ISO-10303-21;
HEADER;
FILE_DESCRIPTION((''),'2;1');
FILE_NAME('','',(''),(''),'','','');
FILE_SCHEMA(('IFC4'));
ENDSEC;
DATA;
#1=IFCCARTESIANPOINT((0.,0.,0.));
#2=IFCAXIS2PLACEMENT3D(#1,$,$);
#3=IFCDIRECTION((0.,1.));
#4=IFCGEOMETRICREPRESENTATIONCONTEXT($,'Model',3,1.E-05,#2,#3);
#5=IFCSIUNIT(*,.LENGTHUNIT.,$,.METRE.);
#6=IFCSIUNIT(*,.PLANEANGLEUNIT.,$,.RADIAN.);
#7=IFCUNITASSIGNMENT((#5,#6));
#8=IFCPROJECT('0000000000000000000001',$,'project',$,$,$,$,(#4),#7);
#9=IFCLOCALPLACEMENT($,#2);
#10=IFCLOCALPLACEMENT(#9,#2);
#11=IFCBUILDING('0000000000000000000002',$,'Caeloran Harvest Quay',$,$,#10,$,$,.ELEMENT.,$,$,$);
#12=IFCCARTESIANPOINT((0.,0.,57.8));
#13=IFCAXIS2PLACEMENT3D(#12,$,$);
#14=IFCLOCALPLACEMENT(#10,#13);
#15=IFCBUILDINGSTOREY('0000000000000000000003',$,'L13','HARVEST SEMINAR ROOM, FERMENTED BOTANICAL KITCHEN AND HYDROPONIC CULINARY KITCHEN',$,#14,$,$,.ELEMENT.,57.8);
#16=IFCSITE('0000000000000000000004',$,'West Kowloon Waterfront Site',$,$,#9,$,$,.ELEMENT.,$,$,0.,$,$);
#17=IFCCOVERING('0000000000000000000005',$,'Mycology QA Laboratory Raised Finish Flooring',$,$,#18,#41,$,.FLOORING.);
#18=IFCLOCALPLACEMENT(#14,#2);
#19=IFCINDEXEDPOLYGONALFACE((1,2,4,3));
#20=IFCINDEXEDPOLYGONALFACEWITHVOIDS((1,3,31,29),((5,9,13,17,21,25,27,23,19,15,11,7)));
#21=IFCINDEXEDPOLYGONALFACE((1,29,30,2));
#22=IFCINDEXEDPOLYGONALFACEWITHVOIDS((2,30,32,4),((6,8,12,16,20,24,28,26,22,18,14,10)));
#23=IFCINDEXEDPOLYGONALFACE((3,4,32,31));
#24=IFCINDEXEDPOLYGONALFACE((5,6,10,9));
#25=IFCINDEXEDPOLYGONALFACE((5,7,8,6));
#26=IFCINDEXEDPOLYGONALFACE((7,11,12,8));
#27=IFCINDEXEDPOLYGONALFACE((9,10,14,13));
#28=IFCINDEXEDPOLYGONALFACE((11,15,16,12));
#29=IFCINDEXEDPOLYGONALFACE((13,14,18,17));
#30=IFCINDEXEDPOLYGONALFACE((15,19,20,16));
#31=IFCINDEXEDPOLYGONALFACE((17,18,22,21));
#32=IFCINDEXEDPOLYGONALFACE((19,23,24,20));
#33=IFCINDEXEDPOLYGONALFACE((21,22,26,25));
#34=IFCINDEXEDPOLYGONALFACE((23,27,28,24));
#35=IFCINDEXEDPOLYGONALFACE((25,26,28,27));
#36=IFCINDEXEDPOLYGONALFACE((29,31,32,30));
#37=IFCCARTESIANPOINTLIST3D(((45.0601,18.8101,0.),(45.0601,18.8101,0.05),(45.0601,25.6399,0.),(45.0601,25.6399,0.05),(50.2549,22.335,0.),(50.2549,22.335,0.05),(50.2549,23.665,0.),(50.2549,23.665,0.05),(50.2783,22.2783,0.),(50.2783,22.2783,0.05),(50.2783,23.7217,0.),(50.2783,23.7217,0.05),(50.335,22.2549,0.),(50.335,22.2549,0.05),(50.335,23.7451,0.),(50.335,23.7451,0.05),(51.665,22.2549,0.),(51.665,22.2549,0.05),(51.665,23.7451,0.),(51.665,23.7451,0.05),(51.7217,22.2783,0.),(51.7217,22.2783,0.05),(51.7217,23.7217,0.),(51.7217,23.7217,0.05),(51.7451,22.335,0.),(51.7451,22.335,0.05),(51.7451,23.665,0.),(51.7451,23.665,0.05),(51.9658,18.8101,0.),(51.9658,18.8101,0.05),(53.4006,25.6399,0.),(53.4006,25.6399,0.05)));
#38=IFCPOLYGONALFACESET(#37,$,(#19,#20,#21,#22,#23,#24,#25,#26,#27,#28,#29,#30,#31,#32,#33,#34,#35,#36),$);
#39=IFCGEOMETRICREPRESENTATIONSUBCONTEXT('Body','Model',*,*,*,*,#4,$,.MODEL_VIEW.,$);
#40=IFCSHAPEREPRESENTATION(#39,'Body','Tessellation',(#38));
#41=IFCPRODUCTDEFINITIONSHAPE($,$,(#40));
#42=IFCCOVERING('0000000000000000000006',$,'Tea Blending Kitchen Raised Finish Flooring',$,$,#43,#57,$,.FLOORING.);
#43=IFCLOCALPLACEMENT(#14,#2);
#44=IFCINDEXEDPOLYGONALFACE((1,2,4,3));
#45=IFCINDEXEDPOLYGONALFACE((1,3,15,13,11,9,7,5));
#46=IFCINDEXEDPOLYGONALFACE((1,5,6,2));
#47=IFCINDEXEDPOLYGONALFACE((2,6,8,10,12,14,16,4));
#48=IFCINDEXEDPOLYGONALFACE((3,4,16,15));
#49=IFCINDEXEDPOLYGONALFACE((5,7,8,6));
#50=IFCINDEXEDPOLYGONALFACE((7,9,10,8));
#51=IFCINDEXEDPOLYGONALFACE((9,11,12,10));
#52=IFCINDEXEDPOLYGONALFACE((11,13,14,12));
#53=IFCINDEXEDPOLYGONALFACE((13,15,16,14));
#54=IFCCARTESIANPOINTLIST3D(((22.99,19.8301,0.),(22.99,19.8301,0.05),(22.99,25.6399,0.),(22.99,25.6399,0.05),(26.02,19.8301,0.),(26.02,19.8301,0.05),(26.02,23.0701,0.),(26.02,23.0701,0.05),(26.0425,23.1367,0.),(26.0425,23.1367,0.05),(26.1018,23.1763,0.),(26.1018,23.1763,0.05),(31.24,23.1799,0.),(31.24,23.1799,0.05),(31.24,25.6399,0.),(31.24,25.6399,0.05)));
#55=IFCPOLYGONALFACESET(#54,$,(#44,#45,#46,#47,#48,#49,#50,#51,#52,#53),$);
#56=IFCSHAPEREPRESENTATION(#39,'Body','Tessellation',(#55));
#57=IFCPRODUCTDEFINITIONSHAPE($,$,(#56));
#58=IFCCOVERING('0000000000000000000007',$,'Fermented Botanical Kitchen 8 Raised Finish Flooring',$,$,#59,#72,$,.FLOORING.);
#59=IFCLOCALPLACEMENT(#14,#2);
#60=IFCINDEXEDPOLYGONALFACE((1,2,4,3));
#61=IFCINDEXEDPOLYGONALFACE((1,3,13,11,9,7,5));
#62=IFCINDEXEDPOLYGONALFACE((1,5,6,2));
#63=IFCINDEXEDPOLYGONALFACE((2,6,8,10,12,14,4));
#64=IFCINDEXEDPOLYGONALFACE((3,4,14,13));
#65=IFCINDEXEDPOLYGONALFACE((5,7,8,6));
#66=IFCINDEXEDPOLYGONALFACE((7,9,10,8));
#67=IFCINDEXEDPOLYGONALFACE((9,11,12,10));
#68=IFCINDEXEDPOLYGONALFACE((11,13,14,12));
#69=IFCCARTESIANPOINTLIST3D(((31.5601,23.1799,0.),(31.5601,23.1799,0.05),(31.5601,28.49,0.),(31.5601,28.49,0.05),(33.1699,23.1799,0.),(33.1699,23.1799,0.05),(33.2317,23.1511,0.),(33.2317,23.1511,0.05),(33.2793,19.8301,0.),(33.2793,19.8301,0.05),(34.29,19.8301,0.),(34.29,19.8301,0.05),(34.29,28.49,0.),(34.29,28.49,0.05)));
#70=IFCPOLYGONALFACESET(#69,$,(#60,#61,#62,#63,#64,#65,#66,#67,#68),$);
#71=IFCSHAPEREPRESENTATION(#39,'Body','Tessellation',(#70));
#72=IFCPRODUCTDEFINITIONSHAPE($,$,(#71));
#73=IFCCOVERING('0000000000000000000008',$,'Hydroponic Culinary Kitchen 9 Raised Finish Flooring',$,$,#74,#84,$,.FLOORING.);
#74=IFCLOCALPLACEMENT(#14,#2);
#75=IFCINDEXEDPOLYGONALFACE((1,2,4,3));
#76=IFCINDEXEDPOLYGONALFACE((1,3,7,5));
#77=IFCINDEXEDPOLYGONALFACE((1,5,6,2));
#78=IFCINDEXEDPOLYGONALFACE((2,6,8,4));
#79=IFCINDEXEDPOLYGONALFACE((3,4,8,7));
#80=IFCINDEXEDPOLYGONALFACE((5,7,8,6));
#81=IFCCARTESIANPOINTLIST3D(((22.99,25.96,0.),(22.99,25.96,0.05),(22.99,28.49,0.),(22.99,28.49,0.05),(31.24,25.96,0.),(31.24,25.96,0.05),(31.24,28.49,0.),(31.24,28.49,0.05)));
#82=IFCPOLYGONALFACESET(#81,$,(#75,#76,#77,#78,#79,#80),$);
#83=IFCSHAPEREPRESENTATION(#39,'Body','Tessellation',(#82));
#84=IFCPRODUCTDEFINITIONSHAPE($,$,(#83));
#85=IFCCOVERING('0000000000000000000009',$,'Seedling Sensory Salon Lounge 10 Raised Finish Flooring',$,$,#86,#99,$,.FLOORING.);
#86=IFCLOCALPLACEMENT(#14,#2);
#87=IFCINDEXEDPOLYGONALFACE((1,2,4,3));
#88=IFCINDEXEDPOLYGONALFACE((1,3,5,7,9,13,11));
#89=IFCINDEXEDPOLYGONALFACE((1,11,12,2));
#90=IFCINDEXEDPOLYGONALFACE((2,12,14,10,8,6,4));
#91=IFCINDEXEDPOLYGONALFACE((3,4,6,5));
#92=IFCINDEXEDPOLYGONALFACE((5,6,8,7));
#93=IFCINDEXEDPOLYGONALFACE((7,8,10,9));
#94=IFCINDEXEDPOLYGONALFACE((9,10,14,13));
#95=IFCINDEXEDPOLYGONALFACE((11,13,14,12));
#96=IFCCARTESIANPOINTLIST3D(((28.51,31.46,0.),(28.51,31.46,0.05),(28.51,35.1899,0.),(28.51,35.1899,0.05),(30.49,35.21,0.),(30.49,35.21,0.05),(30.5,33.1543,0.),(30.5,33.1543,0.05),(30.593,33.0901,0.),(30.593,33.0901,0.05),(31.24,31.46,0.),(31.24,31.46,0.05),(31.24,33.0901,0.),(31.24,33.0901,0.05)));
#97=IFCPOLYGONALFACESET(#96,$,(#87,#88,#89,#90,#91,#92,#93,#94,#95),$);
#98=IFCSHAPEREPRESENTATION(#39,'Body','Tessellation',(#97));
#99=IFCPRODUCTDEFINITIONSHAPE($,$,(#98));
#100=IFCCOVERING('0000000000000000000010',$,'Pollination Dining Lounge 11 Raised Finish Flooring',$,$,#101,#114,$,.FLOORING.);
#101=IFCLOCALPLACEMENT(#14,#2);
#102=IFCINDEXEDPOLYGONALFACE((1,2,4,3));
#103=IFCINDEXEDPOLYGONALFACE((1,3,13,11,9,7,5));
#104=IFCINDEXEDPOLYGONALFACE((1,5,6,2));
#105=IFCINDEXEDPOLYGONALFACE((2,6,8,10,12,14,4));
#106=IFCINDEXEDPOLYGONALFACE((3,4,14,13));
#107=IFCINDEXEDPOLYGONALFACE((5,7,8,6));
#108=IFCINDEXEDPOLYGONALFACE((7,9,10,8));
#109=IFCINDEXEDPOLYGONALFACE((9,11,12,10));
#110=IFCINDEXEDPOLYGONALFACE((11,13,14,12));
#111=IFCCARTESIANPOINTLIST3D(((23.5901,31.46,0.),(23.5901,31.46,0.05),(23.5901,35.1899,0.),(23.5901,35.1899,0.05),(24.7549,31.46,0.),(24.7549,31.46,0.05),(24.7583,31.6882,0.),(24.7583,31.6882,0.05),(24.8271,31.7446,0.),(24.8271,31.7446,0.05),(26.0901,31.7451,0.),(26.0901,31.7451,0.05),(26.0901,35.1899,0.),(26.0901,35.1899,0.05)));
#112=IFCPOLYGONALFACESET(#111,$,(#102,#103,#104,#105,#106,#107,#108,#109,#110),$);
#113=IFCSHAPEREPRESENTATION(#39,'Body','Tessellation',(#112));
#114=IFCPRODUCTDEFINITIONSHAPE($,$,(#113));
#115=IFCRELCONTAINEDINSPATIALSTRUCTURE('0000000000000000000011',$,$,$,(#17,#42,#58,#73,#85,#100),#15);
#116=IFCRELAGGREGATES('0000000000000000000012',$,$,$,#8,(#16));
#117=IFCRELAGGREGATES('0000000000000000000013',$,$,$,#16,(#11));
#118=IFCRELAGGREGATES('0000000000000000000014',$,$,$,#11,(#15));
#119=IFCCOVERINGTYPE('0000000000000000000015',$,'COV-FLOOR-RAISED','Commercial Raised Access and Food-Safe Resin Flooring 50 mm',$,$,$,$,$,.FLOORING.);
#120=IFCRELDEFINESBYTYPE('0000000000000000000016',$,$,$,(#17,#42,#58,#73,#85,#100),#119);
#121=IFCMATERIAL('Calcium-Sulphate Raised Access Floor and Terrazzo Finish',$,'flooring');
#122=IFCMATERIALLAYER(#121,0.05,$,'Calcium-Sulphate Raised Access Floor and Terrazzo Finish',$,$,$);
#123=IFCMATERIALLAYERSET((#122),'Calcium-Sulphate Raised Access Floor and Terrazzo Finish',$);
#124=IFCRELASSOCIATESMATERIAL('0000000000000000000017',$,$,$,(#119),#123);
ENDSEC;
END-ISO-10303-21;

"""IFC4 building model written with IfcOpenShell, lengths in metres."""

from ifc_helpers import new_model, si_unit, direction, frame, origin, place, context, subcontext, project, spatial, polyline, outline, extrude, material, layer, layer_set, type_object, element, save


model = new_model("IFC4")

# Units and contexts
model_context = context("Model", 3, precision=1e-05, world=origin(), true_north=direction((0.0, 1.0)))
body_context = subcontext(model_context, "Body", "Model", "MODEL_VIEW")
ifc_project = project(units=[si_unit("LENGTHUNIT", "METRE"), si_unit("PLANEANGLEUNIT", "RADIAN")], contexts=[model_context])

# Site, building, storey
site_placement = place(None, origin())
site = spatial("IfcSite", under=ifc_project, at=site_placement, Name="West Kowloon Waterfront Site", CompositionType="ELEMENT", RefElevation=0.0)
building_placement = place(site_placement, origin())
building = spatial("IfcBuilding", under=site, at=building_placement, Name="Caeloran Harvest Quay", CompositionType="ELEMENT")
storey_placement = place(building_placement, frame((0.0, 0.0, 57.8)))
storey = spatial("IfcBuildingStorey", under=building, at=storey_placement, Name="L13", Description="HARVEST SEMINAR ROOM, FERMENTED BOTANICAL KITCHEN AND HYDROPONIC CULINARY KITCHEN", CompositionType="ELEMENT", Elevation=57.8)

# Coverings
ifc_material_1 = material(Name="Calcium-Sulphate Raised Access Floor and Terrazzo Finish", Category="flooring")
ifc_layer_1 = layer(ifc_material_1, 0.05, Name="Calcium-Sulphate Raised Access Floor and Terrazzo Finish")
ifc_layer_set_1 = layer_set([ifc_layer_1], Name="Calcium-Sulphate Raised Access Floor and Terrazzo Finish")
covering_type_1 = type_object("IfcCoveringType", Name="COV-FLOOR-RAISED", Description="Commercial Raised Access and Food-Safe Resin Flooring 50 mm", PredefinedType="FLOORING", material=ifc_layer_set_1)
covering_1_placement = place(storey_placement, origin())
element("IfcCovering", 1, at=covering_1_placement, inside=storey, type_object=covering_type_1, Name="Mycology QA Laboratory Raised Finish Flooring", PredefinedType="FLOORING", context=body_context, shape_type="SweptSolid", body=[
    extrude(outline(polyline([(51.9658, 18.8101), (45.0601, 18.8101), (45.0601, 25.6399), (53.4006, 25.6399), (51.9658, 18.8101)]), holes=[polyline([(51.7451, 23.665), (51.7217, 23.7217), (51.665, 23.7451), (50.335, 23.7451), (50.2783, 23.7217), (50.2549, 23.665), (50.2549, 22.335), (50.2783, 22.2783), (50.335, 22.2549), (51.665, 22.2549), (51.7217, 22.2783), (51.7451, 22.335), (51.7451, 23.665)])]), origin(), (0.0, 0.0, 1.0), 0.05),
])
covering_2_placement = place(storey_placement, origin())
element("IfcCovering", 2, at=covering_2_placement, inside=storey, type_object=covering_type_1, Name="Tea Blending Kitchen Raised Finish Flooring", PredefinedType="FLOORING", context=body_context, shape_type="SweptSolid", body=[
    extrude(outline(polyline([(26.1018, 23.1763), (26.0425, 23.1367), (26.02, 23.0701), (26.02, 19.8301), (22.99, 19.8301), (22.99, 25.6399), (31.24, 25.6399), (31.24, 23.1799), (26.1018, 23.1763)])), origin(), (0.0, 0.0, 1.0), 0.05),
])
covering_3_placement = place(storey_placement, origin())
element("IfcCovering", 3, at=covering_3_placement, inside=storey, type_object=covering_type_1, Name="Fermented Botanical Kitchen 8 Raised Finish Flooring", PredefinedType="FLOORING", context=body_context, shape_type="SweptSolid", body=[
    extrude(outline(polyline([(31.5601, 28.49), (34.29, 28.49), (34.29, 19.8301), (33.2793, 19.8301), (33.2317, 23.1511), (33.1699, 23.1799), (31.5601, 23.1799), (31.5601, 28.49)])), origin(), (0.0, 0.0, 1.0), 0.05),
])
covering_4_placement = place(storey_placement, origin())
element("IfcCovering", 4, at=covering_4_placement, inside=storey, type_object=covering_type_1, Name="Hydroponic Culinary Kitchen 9 Raised Finish Flooring", PredefinedType="FLOORING", context=body_context, shape_type="SweptSolid", body=[
    extrude(outline(polyline([(22.99, 28.49), (31.24, 28.49), (31.24, 25.96), (22.99, 25.96), (22.99, 28.49)])), origin(), (0.0, 0.0, 1.0), 0.05),
])
covering_5_placement = place(storey_placement, origin())
element("IfcCovering", 5, at=covering_5_placement, inside=storey, type_object=covering_type_1, Name="Seedling Sensory Salon Lounge 10 Raised Finish Flooring", PredefinedType="FLOORING", context=body_context, shape_type="SweptSolid", body=[
    extrude(outline(polyline([(28.51, 35.1899), (30.49, 35.21), (30.5, 33.1543), (30.593, 33.0901), (31.24, 33.0901), (31.24, 31.46), (28.51, 31.46), (28.51, 35.1899)])), origin(), (0.0, 0.0, 1.0), 0.05),
])
covering_6_placement = place(storey_placement, origin())
element("IfcCovering", 6, at=covering_6_placement, inside=storey, type_object=covering_type_1, Name="Pollination Dining Lounge 11 Raised Finish Flooring", PredefinedType="FLOORING", context=body_context, shape_type="SweptSolid", body=[
    extrude(outline(polyline([(23.5901, 35.1899), (26.0901, 35.1899), (26.0901, 31.7451), (24.8271, 31.7446), (24.7583, 31.6882), (24.7549, 31.46), (23.5901, 31.46), (23.5901, 35.1899)])), origin(), (0.0, 0.0, 1.0), 0.05),
])

save(model, "model.ifc")
